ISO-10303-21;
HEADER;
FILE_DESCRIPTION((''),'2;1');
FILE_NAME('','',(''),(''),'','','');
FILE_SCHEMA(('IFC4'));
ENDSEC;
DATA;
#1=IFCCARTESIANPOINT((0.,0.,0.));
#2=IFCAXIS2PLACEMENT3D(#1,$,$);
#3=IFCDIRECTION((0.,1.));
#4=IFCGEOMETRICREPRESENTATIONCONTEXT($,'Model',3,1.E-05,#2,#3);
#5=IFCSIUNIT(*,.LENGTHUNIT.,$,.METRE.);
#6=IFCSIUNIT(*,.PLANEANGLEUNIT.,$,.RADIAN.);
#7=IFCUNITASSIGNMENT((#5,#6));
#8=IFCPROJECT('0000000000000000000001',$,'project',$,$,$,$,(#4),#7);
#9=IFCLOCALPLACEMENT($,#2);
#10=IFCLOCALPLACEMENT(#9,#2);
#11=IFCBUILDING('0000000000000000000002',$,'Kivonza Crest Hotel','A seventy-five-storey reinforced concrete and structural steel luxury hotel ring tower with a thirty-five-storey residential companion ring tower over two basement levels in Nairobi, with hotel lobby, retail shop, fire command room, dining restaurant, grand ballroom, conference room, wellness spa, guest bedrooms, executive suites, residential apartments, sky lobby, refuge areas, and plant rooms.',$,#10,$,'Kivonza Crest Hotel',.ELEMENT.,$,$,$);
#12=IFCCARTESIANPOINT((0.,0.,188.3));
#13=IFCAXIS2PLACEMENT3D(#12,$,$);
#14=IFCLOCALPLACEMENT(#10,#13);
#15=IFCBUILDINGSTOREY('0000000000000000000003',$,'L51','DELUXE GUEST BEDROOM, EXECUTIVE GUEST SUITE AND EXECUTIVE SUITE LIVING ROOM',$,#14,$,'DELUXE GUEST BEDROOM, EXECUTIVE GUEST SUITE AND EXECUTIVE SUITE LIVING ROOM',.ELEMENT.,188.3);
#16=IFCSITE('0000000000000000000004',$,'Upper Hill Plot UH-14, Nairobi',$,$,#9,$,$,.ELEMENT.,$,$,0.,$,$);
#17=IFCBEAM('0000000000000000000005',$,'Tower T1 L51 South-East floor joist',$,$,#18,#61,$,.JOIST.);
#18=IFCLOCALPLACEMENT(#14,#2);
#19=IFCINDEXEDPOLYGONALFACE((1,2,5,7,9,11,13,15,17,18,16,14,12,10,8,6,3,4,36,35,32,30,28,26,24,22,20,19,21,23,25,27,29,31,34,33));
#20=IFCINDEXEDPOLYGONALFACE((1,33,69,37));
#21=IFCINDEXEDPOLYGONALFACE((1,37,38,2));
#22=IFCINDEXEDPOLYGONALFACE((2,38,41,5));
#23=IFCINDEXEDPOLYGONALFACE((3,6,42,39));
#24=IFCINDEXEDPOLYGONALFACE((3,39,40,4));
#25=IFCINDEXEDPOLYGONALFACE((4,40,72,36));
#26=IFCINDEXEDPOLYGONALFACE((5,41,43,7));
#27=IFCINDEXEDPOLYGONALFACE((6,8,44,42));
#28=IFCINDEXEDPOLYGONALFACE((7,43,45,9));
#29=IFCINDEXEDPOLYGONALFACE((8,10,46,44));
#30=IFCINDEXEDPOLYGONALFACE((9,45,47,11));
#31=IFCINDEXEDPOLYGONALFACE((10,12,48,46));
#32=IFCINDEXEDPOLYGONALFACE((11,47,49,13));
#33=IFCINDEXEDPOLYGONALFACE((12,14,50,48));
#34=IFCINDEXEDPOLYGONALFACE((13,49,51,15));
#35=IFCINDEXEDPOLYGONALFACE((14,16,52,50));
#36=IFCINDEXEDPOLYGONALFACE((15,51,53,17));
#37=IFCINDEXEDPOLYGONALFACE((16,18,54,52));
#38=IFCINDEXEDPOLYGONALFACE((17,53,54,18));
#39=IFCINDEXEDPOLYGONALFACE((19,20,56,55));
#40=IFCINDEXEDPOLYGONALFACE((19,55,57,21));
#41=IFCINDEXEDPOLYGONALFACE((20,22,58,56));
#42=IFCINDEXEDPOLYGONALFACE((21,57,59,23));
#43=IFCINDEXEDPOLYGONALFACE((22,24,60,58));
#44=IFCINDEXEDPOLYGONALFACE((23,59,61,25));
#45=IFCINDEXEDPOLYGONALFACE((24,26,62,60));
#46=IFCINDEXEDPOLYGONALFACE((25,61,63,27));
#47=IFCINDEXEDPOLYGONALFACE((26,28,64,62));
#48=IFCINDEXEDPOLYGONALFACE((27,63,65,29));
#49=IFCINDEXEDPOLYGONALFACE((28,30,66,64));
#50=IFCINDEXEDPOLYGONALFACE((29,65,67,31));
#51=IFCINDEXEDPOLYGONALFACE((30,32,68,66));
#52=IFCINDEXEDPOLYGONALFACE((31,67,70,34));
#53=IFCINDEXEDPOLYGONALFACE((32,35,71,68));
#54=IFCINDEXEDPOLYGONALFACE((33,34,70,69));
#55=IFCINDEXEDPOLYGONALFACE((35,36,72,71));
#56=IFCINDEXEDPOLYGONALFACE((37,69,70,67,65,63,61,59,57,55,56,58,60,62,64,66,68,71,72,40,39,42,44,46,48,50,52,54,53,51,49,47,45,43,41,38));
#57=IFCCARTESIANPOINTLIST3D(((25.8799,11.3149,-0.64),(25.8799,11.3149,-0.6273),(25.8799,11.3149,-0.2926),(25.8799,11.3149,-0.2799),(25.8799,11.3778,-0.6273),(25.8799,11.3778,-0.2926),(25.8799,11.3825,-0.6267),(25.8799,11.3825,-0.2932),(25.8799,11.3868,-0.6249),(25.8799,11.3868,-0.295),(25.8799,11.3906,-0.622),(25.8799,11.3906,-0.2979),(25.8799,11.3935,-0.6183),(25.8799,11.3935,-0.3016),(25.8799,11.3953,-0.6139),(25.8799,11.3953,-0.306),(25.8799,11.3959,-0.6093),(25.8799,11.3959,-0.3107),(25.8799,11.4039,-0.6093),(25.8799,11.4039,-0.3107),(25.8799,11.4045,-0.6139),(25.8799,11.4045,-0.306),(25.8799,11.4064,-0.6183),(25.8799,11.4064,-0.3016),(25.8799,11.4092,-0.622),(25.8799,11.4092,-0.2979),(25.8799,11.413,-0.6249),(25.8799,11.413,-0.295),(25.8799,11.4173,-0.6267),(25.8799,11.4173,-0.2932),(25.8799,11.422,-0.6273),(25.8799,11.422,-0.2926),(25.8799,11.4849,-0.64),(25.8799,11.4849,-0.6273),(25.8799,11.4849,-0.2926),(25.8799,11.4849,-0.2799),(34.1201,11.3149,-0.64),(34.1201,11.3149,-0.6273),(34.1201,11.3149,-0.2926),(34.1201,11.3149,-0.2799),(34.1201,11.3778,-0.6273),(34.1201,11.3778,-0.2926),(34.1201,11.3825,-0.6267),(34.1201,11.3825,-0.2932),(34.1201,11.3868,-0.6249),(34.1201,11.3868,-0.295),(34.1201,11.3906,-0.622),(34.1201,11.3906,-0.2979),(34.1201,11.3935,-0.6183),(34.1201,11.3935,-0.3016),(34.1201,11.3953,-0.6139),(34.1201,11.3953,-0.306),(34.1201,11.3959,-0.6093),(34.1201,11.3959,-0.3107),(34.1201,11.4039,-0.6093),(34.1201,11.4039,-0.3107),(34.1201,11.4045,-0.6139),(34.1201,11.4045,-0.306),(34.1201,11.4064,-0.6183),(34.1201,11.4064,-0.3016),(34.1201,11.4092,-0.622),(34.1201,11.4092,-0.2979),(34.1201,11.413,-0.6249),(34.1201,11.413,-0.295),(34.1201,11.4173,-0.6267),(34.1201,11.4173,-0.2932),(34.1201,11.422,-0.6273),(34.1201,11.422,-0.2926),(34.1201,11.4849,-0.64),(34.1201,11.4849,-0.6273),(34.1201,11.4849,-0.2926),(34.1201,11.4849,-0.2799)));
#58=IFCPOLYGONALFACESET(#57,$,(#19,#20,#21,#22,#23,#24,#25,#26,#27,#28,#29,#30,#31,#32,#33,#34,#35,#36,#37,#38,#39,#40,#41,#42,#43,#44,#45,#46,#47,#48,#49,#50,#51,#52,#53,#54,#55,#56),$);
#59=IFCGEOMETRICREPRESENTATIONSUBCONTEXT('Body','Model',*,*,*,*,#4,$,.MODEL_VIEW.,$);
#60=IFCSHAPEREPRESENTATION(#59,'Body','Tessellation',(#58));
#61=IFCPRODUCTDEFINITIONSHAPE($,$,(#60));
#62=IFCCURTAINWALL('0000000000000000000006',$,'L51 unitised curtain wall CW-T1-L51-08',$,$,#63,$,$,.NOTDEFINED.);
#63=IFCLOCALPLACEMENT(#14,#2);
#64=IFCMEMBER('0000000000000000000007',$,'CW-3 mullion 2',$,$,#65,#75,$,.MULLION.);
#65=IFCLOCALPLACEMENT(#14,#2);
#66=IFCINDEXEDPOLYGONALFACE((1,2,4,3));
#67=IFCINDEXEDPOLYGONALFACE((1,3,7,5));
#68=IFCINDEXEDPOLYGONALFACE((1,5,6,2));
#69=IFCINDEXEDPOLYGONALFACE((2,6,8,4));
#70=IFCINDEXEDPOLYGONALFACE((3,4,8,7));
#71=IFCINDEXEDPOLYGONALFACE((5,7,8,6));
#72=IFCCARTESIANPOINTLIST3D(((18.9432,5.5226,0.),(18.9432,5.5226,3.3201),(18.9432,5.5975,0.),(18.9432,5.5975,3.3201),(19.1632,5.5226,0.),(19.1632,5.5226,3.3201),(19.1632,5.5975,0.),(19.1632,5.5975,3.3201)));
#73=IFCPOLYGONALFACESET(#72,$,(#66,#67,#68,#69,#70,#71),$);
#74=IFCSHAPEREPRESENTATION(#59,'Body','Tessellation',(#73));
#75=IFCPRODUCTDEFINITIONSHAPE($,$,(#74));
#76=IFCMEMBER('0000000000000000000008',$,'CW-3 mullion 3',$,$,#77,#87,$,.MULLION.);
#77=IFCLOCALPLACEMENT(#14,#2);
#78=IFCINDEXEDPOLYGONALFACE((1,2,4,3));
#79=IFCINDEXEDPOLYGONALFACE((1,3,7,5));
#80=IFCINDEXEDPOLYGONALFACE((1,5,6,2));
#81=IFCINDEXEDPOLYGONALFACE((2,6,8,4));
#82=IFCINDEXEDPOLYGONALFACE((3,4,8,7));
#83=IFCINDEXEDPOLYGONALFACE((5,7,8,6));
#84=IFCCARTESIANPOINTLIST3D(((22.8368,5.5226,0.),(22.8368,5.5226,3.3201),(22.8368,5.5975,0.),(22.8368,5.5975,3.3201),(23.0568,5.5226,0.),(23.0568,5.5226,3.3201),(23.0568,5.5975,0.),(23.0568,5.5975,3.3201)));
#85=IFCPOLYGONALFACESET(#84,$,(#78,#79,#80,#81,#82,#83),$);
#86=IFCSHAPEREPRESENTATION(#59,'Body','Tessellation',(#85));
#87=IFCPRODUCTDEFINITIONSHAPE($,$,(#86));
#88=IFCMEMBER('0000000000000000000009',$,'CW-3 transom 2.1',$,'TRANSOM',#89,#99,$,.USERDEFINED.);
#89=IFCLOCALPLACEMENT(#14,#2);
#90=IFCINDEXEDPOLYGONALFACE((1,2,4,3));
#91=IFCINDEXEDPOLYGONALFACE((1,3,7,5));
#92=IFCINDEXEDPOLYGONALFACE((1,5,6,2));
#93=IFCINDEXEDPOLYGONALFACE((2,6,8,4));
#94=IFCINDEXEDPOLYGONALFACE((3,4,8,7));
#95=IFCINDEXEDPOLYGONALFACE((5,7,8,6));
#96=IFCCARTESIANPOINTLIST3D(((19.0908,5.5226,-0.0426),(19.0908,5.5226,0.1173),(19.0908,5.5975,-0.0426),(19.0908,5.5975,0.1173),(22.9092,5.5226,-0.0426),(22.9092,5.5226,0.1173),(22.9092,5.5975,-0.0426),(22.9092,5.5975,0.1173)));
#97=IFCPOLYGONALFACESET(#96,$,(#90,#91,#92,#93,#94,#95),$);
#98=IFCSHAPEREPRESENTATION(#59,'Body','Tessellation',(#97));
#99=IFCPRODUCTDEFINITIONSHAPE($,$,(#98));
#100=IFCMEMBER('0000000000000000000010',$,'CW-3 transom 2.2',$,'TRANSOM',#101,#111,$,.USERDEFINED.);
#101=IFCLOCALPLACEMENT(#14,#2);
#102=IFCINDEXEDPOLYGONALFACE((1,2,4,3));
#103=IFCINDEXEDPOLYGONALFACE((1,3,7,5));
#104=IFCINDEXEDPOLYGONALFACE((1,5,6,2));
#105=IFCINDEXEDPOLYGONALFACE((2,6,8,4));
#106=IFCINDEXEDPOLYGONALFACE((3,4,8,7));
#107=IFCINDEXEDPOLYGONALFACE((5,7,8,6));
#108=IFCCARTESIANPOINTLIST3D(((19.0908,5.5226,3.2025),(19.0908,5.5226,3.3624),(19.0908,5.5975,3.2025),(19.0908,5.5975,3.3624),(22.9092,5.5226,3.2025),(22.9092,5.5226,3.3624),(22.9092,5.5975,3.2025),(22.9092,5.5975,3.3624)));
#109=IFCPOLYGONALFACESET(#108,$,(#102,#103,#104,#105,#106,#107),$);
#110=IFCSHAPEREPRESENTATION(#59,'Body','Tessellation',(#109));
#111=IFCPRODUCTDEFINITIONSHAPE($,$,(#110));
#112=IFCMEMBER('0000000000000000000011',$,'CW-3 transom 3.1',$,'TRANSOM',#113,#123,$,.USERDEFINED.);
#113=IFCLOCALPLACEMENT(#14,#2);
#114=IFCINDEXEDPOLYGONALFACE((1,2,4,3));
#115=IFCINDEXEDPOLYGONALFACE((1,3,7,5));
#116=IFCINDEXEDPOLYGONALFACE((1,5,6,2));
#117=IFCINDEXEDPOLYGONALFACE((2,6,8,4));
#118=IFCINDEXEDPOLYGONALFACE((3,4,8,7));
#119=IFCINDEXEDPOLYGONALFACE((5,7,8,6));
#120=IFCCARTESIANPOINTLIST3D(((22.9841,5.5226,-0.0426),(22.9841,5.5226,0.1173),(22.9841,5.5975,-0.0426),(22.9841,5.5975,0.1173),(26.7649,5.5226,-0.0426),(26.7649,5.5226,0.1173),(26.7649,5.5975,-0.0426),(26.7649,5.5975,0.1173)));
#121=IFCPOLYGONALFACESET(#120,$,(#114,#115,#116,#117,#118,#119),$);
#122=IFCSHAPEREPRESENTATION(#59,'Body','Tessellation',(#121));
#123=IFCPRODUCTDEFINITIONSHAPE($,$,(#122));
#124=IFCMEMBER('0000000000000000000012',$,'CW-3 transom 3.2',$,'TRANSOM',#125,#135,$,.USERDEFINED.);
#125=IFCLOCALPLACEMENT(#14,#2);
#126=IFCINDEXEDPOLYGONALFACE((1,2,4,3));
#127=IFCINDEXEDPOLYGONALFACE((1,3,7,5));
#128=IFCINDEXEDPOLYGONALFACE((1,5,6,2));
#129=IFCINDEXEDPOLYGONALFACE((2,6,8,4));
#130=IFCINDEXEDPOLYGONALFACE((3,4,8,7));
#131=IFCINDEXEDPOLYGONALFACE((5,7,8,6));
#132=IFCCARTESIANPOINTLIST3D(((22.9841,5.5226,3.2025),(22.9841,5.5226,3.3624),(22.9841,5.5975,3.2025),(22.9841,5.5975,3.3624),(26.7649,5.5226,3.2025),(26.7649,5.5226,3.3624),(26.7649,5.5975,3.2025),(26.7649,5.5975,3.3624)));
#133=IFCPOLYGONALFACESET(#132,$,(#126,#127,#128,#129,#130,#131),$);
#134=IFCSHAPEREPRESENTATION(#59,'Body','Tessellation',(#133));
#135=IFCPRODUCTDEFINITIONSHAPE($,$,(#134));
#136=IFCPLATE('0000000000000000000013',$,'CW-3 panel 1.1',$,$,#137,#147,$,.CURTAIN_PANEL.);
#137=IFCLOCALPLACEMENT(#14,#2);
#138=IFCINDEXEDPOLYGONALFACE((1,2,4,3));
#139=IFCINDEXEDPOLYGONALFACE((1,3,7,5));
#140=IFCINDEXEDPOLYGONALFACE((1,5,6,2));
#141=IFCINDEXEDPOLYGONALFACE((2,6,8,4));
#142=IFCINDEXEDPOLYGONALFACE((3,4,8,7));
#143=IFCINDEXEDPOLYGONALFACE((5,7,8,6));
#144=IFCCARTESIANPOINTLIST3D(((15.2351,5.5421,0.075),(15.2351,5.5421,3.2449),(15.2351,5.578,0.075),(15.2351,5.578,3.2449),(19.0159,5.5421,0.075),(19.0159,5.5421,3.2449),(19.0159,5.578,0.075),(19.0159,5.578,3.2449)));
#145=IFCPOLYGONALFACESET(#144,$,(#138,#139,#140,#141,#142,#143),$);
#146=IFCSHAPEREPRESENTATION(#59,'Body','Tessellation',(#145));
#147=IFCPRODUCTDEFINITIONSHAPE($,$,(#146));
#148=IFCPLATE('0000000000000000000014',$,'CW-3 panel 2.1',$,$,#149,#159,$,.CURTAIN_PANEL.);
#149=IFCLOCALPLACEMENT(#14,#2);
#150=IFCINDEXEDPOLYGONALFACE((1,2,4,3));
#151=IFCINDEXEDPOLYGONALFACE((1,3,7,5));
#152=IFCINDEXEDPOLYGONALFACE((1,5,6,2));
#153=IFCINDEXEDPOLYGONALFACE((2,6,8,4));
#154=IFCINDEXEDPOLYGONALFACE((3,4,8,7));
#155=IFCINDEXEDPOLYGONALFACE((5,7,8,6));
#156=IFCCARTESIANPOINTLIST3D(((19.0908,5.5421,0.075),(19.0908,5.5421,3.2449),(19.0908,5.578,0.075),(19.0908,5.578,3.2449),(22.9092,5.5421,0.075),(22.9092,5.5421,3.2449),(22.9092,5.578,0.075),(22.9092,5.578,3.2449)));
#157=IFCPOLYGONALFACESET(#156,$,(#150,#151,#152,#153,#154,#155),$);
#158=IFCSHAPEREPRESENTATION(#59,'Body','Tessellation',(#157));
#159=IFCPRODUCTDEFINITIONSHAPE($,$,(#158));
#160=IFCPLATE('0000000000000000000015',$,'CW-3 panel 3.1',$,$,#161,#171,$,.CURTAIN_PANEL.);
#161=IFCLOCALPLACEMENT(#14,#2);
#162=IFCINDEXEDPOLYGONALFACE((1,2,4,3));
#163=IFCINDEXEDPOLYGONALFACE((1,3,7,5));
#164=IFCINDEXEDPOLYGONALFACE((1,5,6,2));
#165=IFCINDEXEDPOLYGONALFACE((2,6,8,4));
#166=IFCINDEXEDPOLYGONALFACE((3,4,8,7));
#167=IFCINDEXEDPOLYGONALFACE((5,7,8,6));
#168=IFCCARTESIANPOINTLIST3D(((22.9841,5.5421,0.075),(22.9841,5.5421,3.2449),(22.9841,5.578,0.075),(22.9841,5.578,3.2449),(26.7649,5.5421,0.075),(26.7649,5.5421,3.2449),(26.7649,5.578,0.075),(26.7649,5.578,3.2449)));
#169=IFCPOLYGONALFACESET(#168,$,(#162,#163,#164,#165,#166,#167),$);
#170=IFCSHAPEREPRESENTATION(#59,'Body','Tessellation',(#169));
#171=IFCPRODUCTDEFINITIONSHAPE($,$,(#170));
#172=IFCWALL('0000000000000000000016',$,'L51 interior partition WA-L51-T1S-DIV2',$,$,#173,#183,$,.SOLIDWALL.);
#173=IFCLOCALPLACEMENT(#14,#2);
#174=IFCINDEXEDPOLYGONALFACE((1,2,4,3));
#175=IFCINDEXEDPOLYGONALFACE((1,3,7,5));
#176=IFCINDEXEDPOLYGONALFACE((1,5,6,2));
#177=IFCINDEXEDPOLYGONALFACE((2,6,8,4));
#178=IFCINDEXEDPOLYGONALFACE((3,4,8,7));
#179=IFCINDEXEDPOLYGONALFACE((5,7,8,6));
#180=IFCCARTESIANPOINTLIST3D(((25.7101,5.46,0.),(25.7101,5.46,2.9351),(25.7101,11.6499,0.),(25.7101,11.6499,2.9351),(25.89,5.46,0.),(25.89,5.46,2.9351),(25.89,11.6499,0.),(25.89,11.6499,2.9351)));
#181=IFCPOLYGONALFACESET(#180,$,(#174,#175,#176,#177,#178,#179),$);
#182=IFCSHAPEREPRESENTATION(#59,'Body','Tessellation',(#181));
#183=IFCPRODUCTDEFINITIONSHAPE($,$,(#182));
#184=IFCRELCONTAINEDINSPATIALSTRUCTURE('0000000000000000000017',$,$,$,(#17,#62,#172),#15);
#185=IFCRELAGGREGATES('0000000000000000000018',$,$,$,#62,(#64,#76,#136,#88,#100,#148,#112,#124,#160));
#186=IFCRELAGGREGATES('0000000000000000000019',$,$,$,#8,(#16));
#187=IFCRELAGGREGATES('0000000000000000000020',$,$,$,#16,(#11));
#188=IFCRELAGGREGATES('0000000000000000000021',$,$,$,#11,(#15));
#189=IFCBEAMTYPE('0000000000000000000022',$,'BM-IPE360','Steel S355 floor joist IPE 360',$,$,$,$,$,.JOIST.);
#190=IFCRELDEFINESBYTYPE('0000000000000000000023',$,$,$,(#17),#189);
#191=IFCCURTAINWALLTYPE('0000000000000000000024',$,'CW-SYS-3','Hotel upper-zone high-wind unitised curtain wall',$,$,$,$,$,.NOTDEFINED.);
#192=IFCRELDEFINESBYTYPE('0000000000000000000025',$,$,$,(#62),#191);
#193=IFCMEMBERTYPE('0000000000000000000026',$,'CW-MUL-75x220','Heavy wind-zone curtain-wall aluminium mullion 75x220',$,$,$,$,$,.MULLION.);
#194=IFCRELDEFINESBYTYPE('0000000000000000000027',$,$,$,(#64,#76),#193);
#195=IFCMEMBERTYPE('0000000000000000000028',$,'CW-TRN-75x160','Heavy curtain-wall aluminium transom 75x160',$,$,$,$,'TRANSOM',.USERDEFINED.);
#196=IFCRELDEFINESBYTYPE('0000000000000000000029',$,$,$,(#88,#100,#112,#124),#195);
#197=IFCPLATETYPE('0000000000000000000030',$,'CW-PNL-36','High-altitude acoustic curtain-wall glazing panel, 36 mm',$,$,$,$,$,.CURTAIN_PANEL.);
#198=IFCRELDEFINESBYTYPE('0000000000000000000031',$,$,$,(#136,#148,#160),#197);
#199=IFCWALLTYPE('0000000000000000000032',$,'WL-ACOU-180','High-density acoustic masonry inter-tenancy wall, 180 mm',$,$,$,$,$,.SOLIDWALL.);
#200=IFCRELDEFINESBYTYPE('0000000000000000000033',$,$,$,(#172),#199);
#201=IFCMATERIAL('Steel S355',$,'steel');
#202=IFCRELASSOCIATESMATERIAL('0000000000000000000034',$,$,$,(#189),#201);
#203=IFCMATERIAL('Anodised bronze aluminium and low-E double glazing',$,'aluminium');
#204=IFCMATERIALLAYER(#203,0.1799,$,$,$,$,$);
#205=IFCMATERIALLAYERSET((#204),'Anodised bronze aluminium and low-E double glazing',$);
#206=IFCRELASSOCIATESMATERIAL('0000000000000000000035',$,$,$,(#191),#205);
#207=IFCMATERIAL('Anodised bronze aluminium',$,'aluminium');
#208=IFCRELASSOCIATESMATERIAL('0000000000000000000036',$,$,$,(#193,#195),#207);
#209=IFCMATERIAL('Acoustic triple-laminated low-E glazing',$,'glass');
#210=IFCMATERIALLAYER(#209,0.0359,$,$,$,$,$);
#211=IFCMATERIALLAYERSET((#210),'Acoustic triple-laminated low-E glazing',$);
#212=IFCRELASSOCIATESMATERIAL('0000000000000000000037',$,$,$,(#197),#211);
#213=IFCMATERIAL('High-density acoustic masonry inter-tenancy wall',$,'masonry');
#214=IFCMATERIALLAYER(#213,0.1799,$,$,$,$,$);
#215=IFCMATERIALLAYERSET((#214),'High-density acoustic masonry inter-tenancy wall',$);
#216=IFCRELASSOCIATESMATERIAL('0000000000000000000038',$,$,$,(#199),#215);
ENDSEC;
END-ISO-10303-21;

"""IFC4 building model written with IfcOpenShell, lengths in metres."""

from ifc_helpers import new_model, si_unit, direction, frame, frame_2d, origin, origin_2d, place, context, subcontext, project, spatial, rectangle, i_section, extrude, material, layer, layer_set, material_profile, profile_set, type_object, element, aggregate, save


model = new_model("IFC4")

# Units and contexts
model_context = context("Model", 3, precision=1e-05, world=origin(), true_north=direction((0.0, 1.0)))
body_context = subcontext(model_context, "Body", "Model", "MODEL_VIEW")
ifc_project = project(units=[si_unit("LENGTHUNIT", "METRE"), si_unit("PLANEANGLEUNIT", "RADIAN")], contexts=[model_context])

# Site, building, storey
site_placement = place(None, origin())
site = spatial("IfcSite", under=ifc_project, at=site_placement, Name="Upper Hill Plot UH-14, Nairobi", CompositionType="ELEMENT", RefElevation=0.0)
building_placement = place(site_placement, origin())
building = spatial("IfcBuilding", under=site, at=building_placement, Name="Kivonza Crest Hotel", Description="A seventy-five-storey reinforced concrete and structural steel luxury hotel ring tower with a thirty-five-storey residential companion ring tower over two basement levels in Nairobi, with hotel lobby, retail shop, fire command room, dining restaurant, grand ballroom, conference room, wellness spa, guest bedrooms, executive suites, residential apartments, sky lobby, refuge areas, and plant rooms.", LongName="Kivonza Crest Hotel", CompositionType="ELEMENT")
storey_placement = place(building_placement, frame((0.0, 0.0, 188.3)))
storey = spatial("IfcBuildingStorey", under=building, at=storey_placement, Name="L51", Description="DELUXE GUEST BEDROOM, EXECUTIVE GUEST SUITE AND EXECUTIVE SUITE LIVING ROOM", LongName="DELUXE GUEST BEDROOM, EXECUTIVE GUEST SUITE AND EXECUTIVE SUITE LIVING ROOM", CompositionType="ELEMENT", Elevation=188.3)

# Beam
ifc_material_1 = material(Name="Steel S355", Category="steel")
ifc_material_profile_1 = material_profile(ifc_material_1, i_section(OverallWidth=0.1699, OverallDepth=0.3601, WebThickness=0.0081, FlangeThickness=0.0127, FilletRadius=0.0181, at=origin_2d()), Name="IPE 360")
ifc_profile_set_1 = profile_set([ifc_material_profile_1], Name="Steel S355")
beam_type_1 = type_object("IfcBeamType", Name="BM-IPE360", Description="Steel S355 floor joist IPE 360", PredefinedType="JOIST", material=ifc_profile_set_1)
beam_1_placement = place(storey_placement, frame((25.8799, 11.3999, -0.46), z_axis=(1.0, 0.0, 0.0), x_axis=(0.0, 1.0, 0.0)))
element("IfcBeam", 1, at=beam_1_placement, inside=storey, type_object=beam_type_1, Name="Tower T1 L51 South-East floor joist", PredefinedType="JOIST", context=body_context, shape_type="SweptSolid", body=[
    extrude(i_section(OverallWidth=0.1699, OverallDepth=0.3601, WebThickness=0.0081, FlangeThickness=0.0127, FilletRadius=0.0181, at=origin_2d()), origin(), (0.0, 0.0, 1.0), 8.2402),
])

# Curtain wall, members, plates
ifc_material_2 = material(Name="Anodised bronze aluminium and low-E double glazing", Category="aluminium")
ifc_layer_1 = layer(ifc_material_2, 0.1799)
ifc_layer_set_1 = layer_set([ifc_layer_1], Name="Anodised bronze aluminium and low-E double glazing")
curtain_wall_type = type_object("IfcCurtainWallType", Name="CW-SYS-3", Description="Hotel upper-zone high-wind unitised curtain wall", PredefinedType="NOTDEFINED", material=ifc_layer_set_1)
curtain_wall_placement = place(storey_placement, origin())
curtain_wall = element("IfcCurtainWall", 2, at=curtain_wall_placement, inside=storey, type_object=curtain_wall_type, Name="L51 unitised curtain wall CW-T1-L51-08", PredefinedType="NOTDEFINED")
ifc_material_3 = material(Name="Anodised bronze aluminium", Category="aluminium")
ifc_material_profile_2 = material_profile(ifc_material_3, rectangle(XDim=0.075, YDim=0.22, at=origin_2d()), Name="CW-M 75x220")
ifc_profile_set_2 = profile_set([ifc_material_profile_2], Name="Anodised bronze aluminium")
member_type_1 = type_object("IfcMemberType", Name="CW-MUL-75x220", Description="Heavy wind-zone curtain-wall aluminium mullion 75x220", PredefinedType="MULLION", material=ifc_profile_set_2)
member_1_placement = place(storey_placement, frame((19.0532, 5.5601, 0.0), z_axis=(0.0, 0.0, 1.0), x_axis=(0.0, 1.0, 0.0)))
member_1 = element("IfcMember", 3, at=member_1_placement, type_object=member_type_1, Name="CW-3 mullion 2", PredefinedType="MULLION", context=body_context, shape_type="SweptSolid", body=[
    extrude(rectangle(XDim=0.075, YDim=0.22, at=origin_2d()), origin(), (0.0, 0.0, 1.0), 3.3201),
])
member_2_placement = place(storey_placement, frame((22.9468, 5.5601, 0.0), z_axis=(0.0, 0.0, 1.0), x_axis=(0.0, 1.0, 0.0)))
member_2 = element("IfcMember", 4, at=member_2_placement, type_object=member_type_1, Name="CW-3 mullion 3", PredefinedType="MULLION", context=body_context, shape_type="SweptSolid", body=[
    extrude(rectangle(XDim=0.075, YDim=0.22, at=origin_2d()), origin(), (0.0, 0.0, 1.0), 3.3201),
])
ifc_material_profile_3 = material_profile(ifc_material_3, rectangle(XDim=0.075, YDim=0.1599, at=origin_2d()), Name="CW-T 75x160")
ifc_profile_set_3 = profile_set([ifc_material_profile_3], Name="Anodised bronze aluminium")
member_type_2 = type_object("IfcMemberType", Name="CW-TRN-75x160", Description="Heavy curtain-wall aluminium transom 75x160", ElementType="TRANSOM", PredefinedType="USERDEFINED", material=ifc_profile_set_3)
member_3_placement = place(storey_placement, frame((19.0908, 5.5601, 0.0374), z_axis=(1.0, 0.0, 0.0), x_axis=(0.0, 1.0, 0.0)))
member_3 = element("IfcMember", 5, at=member_3_placement, type_object=member_type_2, Name="CW-3 transom 2.1", ObjectType="TRANSOM", PredefinedType="USERDEFINED", context=body_context, shape_type="SweptSolid", body=[
    extrude(rectangle(XDim=0.075, YDim=0.1599, at=origin_2d()), origin(), (0.0, 0.0, 1.0), 3.8184),
])
member_4_placement = place(storey_placement, frame((19.0908, 5.5601, 3.2825), z_axis=(1.0, 0.0, 0.0), x_axis=(0.0, 1.0, 0.0)))
member_4 = element("IfcMember", 6, at=member_4_placement, type_object=member_type_2, Name="CW-3 transom 2.2", ObjectType="TRANSOM", PredefinedType="USERDEFINED", context=body_context, shape_type="SweptSolid", body=[
    extrude(rectangle(XDim=0.075, YDim=0.1599, at=origin_2d()), origin(), (0.0, 0.0, 1.0), 3.8184),
])
member_5_placement = place(storey_placement, frame((22.9841, 5.5601, 0.0374), z_axis=(1.0, 0.0, 0.0), x_axis=(0.0, 1.0, 0.0)))
member_5 = element("IfcMember", 7, at=member_5_placement, type_object=member_type_2, Name="CW-3 transom 3.1", ObjectType="TRANSOM", PredefinedType="USERDEFINED", context=body_context, shape_type="SweptSolid", body=[
    extrude(rectangle(XDim=0.075, YDim=0.1599, at=origin_2d()), origin(), (0.0, 0.0, 1.0), 3.7808),
])
member_6_placement = place(storey_placement, frame((22.9841, 5.5601, 3.2825), z_axis=(1.0, 0.0, 0.0), x_axis=(0.0, 1.0, 0.0)))
member_6 = element("IfcMember", 8, at=member_6_placement, type_object=member_type_2, Name="CW-3 transom 3.2", ObjectType="TRANSOM", PredefinedType="USERDEFINED", context=body_context, shape_type="SweptSolid", body=[
    extrude(rectangle(XDim=0.075, YDim=0.1599, at=origin_2d()), origin(), (0.0, 0.0, 1.0), 3.7808),
])
ifc_material_4 = material(Name="Acoustic triple-laminated low-E glazing", Category="glass")
ifc_layer_2 = layer(ifc_material_4, 0.0359)
ifc_layer_set_2 = layer_set([ifc_layer_2], Name="Acoustic triple-laminated low-E glazing")
plate_type = type_object("IfcPlateType", Name="CW-PNL-36", Description="High-altitude acoustic curtain-wall glazing panel, 36 mm", PredefinedType="CURTAIN_PANEL", material=ifc_layer_set_2)
plate_1_placement = place(storey_placement, frame((17.1255, 5.5601, 0.075), z_axis=(0.0, 0.0, 1.0), x_axis=(1.0, 0.0, 0.0)))
plate_1 = element("IfcPlate", 9, at=plate_1_placement, type_object=plate_type, Name="CW-3 panel 1.1", PredefinedType="CURTAIN_PANEL", context=body_context, shape_type="SweptSolid", body=[
    extrude(rectangle(XDim=3.7808, YDim=0.0359, at=origin_2d()), origin(), (0.0, 0.0, 1.0), 3.1699),
])
plate_2_placement = place(storey_placement, frame((21.0, 5.5601, 0.075), z_axis=(0.0, 0.0, 1.0), x_axis=(1.0, 0.0, 0.0)))
plate_2 = element("IfcPlate", 10, at=plate_2_placement, type_object=plate_type, Name="CW-3 panel 2.1", PredefinedType="CURTAIN_PANEL", context=body_context, shape_type="SweptSolid", body=[
    extrude(rectangle(XDim=3.8184, YDim=0.0359, at=origin_2d()), origin(), (0.0, 0.0, 1.0), 3.1699),
])
plate_3_placement = place(storey_placement, frame((24.8745, 5.5601, 0.075), z_axis=(0.0, 0.0, 1.0), x_axis=(1.0, 0.0, 0.0)))
plate_3 = element("IfcPlate", 11, at=plate_3_placement, type_object=plate_type, Name="CW-3 panel 3.1", PredefinedType="CURTAIN_PANEL", context=body_context, shape_type="SweptSolid", body=[
    extrude(rectangle(XDim=3.7808, YDim=0.0359, at=origin_2d()), origin(), (0.0, 0.0, 1.0), 3.1699),
])
aggregate(curtain_wall, [member_1, member_2, plate_1, member_3, member_4, plate_2, member_5, member_6, plate_3])

# Wall
ifc_material_5 = material(Name="High-density acoustic masonry inter-tenancy wall", Category="masonry")
ifc_layer_3 = layer(ifc_material_5, 0.1799)
ifc_layer_set_3 = layer_set([ifc_layer_3], Name="High-density acoustic masonry inter-tenancy wall")
wall_type_1 = type_object("IfcWallType", Name="WL-ACOU-180", Description="High-density acoustic masonry inter-tenancy wall, 180 mm", PredefinedType="SOLIDWALL", material=ifc_layer_set_3)
wall_1_placement = place(storey_placement, frame((25.8, 5.46, 0.0), z_axis=(0.0, 0.0, 1.0), x_axis=(0.0, 1.0, 0.0)))
element("IfcWall", 12, at=wall_1_placement, inside=storey, type_object=wall_type_1, Name="L51 interior partition WA-L51-T1S-DIV2", PredefinedType="SOLIDWALL", context=body_context, shape_type="SweptSolid", body=[
    extrude(rectangle(XDim=6.1899, YDim=0.1799, at=frame_2d((3.095, 0.0))), origin(), (0.0, 0.0, 1.0), 2.9351),
])

save(model, "model.ifc")
